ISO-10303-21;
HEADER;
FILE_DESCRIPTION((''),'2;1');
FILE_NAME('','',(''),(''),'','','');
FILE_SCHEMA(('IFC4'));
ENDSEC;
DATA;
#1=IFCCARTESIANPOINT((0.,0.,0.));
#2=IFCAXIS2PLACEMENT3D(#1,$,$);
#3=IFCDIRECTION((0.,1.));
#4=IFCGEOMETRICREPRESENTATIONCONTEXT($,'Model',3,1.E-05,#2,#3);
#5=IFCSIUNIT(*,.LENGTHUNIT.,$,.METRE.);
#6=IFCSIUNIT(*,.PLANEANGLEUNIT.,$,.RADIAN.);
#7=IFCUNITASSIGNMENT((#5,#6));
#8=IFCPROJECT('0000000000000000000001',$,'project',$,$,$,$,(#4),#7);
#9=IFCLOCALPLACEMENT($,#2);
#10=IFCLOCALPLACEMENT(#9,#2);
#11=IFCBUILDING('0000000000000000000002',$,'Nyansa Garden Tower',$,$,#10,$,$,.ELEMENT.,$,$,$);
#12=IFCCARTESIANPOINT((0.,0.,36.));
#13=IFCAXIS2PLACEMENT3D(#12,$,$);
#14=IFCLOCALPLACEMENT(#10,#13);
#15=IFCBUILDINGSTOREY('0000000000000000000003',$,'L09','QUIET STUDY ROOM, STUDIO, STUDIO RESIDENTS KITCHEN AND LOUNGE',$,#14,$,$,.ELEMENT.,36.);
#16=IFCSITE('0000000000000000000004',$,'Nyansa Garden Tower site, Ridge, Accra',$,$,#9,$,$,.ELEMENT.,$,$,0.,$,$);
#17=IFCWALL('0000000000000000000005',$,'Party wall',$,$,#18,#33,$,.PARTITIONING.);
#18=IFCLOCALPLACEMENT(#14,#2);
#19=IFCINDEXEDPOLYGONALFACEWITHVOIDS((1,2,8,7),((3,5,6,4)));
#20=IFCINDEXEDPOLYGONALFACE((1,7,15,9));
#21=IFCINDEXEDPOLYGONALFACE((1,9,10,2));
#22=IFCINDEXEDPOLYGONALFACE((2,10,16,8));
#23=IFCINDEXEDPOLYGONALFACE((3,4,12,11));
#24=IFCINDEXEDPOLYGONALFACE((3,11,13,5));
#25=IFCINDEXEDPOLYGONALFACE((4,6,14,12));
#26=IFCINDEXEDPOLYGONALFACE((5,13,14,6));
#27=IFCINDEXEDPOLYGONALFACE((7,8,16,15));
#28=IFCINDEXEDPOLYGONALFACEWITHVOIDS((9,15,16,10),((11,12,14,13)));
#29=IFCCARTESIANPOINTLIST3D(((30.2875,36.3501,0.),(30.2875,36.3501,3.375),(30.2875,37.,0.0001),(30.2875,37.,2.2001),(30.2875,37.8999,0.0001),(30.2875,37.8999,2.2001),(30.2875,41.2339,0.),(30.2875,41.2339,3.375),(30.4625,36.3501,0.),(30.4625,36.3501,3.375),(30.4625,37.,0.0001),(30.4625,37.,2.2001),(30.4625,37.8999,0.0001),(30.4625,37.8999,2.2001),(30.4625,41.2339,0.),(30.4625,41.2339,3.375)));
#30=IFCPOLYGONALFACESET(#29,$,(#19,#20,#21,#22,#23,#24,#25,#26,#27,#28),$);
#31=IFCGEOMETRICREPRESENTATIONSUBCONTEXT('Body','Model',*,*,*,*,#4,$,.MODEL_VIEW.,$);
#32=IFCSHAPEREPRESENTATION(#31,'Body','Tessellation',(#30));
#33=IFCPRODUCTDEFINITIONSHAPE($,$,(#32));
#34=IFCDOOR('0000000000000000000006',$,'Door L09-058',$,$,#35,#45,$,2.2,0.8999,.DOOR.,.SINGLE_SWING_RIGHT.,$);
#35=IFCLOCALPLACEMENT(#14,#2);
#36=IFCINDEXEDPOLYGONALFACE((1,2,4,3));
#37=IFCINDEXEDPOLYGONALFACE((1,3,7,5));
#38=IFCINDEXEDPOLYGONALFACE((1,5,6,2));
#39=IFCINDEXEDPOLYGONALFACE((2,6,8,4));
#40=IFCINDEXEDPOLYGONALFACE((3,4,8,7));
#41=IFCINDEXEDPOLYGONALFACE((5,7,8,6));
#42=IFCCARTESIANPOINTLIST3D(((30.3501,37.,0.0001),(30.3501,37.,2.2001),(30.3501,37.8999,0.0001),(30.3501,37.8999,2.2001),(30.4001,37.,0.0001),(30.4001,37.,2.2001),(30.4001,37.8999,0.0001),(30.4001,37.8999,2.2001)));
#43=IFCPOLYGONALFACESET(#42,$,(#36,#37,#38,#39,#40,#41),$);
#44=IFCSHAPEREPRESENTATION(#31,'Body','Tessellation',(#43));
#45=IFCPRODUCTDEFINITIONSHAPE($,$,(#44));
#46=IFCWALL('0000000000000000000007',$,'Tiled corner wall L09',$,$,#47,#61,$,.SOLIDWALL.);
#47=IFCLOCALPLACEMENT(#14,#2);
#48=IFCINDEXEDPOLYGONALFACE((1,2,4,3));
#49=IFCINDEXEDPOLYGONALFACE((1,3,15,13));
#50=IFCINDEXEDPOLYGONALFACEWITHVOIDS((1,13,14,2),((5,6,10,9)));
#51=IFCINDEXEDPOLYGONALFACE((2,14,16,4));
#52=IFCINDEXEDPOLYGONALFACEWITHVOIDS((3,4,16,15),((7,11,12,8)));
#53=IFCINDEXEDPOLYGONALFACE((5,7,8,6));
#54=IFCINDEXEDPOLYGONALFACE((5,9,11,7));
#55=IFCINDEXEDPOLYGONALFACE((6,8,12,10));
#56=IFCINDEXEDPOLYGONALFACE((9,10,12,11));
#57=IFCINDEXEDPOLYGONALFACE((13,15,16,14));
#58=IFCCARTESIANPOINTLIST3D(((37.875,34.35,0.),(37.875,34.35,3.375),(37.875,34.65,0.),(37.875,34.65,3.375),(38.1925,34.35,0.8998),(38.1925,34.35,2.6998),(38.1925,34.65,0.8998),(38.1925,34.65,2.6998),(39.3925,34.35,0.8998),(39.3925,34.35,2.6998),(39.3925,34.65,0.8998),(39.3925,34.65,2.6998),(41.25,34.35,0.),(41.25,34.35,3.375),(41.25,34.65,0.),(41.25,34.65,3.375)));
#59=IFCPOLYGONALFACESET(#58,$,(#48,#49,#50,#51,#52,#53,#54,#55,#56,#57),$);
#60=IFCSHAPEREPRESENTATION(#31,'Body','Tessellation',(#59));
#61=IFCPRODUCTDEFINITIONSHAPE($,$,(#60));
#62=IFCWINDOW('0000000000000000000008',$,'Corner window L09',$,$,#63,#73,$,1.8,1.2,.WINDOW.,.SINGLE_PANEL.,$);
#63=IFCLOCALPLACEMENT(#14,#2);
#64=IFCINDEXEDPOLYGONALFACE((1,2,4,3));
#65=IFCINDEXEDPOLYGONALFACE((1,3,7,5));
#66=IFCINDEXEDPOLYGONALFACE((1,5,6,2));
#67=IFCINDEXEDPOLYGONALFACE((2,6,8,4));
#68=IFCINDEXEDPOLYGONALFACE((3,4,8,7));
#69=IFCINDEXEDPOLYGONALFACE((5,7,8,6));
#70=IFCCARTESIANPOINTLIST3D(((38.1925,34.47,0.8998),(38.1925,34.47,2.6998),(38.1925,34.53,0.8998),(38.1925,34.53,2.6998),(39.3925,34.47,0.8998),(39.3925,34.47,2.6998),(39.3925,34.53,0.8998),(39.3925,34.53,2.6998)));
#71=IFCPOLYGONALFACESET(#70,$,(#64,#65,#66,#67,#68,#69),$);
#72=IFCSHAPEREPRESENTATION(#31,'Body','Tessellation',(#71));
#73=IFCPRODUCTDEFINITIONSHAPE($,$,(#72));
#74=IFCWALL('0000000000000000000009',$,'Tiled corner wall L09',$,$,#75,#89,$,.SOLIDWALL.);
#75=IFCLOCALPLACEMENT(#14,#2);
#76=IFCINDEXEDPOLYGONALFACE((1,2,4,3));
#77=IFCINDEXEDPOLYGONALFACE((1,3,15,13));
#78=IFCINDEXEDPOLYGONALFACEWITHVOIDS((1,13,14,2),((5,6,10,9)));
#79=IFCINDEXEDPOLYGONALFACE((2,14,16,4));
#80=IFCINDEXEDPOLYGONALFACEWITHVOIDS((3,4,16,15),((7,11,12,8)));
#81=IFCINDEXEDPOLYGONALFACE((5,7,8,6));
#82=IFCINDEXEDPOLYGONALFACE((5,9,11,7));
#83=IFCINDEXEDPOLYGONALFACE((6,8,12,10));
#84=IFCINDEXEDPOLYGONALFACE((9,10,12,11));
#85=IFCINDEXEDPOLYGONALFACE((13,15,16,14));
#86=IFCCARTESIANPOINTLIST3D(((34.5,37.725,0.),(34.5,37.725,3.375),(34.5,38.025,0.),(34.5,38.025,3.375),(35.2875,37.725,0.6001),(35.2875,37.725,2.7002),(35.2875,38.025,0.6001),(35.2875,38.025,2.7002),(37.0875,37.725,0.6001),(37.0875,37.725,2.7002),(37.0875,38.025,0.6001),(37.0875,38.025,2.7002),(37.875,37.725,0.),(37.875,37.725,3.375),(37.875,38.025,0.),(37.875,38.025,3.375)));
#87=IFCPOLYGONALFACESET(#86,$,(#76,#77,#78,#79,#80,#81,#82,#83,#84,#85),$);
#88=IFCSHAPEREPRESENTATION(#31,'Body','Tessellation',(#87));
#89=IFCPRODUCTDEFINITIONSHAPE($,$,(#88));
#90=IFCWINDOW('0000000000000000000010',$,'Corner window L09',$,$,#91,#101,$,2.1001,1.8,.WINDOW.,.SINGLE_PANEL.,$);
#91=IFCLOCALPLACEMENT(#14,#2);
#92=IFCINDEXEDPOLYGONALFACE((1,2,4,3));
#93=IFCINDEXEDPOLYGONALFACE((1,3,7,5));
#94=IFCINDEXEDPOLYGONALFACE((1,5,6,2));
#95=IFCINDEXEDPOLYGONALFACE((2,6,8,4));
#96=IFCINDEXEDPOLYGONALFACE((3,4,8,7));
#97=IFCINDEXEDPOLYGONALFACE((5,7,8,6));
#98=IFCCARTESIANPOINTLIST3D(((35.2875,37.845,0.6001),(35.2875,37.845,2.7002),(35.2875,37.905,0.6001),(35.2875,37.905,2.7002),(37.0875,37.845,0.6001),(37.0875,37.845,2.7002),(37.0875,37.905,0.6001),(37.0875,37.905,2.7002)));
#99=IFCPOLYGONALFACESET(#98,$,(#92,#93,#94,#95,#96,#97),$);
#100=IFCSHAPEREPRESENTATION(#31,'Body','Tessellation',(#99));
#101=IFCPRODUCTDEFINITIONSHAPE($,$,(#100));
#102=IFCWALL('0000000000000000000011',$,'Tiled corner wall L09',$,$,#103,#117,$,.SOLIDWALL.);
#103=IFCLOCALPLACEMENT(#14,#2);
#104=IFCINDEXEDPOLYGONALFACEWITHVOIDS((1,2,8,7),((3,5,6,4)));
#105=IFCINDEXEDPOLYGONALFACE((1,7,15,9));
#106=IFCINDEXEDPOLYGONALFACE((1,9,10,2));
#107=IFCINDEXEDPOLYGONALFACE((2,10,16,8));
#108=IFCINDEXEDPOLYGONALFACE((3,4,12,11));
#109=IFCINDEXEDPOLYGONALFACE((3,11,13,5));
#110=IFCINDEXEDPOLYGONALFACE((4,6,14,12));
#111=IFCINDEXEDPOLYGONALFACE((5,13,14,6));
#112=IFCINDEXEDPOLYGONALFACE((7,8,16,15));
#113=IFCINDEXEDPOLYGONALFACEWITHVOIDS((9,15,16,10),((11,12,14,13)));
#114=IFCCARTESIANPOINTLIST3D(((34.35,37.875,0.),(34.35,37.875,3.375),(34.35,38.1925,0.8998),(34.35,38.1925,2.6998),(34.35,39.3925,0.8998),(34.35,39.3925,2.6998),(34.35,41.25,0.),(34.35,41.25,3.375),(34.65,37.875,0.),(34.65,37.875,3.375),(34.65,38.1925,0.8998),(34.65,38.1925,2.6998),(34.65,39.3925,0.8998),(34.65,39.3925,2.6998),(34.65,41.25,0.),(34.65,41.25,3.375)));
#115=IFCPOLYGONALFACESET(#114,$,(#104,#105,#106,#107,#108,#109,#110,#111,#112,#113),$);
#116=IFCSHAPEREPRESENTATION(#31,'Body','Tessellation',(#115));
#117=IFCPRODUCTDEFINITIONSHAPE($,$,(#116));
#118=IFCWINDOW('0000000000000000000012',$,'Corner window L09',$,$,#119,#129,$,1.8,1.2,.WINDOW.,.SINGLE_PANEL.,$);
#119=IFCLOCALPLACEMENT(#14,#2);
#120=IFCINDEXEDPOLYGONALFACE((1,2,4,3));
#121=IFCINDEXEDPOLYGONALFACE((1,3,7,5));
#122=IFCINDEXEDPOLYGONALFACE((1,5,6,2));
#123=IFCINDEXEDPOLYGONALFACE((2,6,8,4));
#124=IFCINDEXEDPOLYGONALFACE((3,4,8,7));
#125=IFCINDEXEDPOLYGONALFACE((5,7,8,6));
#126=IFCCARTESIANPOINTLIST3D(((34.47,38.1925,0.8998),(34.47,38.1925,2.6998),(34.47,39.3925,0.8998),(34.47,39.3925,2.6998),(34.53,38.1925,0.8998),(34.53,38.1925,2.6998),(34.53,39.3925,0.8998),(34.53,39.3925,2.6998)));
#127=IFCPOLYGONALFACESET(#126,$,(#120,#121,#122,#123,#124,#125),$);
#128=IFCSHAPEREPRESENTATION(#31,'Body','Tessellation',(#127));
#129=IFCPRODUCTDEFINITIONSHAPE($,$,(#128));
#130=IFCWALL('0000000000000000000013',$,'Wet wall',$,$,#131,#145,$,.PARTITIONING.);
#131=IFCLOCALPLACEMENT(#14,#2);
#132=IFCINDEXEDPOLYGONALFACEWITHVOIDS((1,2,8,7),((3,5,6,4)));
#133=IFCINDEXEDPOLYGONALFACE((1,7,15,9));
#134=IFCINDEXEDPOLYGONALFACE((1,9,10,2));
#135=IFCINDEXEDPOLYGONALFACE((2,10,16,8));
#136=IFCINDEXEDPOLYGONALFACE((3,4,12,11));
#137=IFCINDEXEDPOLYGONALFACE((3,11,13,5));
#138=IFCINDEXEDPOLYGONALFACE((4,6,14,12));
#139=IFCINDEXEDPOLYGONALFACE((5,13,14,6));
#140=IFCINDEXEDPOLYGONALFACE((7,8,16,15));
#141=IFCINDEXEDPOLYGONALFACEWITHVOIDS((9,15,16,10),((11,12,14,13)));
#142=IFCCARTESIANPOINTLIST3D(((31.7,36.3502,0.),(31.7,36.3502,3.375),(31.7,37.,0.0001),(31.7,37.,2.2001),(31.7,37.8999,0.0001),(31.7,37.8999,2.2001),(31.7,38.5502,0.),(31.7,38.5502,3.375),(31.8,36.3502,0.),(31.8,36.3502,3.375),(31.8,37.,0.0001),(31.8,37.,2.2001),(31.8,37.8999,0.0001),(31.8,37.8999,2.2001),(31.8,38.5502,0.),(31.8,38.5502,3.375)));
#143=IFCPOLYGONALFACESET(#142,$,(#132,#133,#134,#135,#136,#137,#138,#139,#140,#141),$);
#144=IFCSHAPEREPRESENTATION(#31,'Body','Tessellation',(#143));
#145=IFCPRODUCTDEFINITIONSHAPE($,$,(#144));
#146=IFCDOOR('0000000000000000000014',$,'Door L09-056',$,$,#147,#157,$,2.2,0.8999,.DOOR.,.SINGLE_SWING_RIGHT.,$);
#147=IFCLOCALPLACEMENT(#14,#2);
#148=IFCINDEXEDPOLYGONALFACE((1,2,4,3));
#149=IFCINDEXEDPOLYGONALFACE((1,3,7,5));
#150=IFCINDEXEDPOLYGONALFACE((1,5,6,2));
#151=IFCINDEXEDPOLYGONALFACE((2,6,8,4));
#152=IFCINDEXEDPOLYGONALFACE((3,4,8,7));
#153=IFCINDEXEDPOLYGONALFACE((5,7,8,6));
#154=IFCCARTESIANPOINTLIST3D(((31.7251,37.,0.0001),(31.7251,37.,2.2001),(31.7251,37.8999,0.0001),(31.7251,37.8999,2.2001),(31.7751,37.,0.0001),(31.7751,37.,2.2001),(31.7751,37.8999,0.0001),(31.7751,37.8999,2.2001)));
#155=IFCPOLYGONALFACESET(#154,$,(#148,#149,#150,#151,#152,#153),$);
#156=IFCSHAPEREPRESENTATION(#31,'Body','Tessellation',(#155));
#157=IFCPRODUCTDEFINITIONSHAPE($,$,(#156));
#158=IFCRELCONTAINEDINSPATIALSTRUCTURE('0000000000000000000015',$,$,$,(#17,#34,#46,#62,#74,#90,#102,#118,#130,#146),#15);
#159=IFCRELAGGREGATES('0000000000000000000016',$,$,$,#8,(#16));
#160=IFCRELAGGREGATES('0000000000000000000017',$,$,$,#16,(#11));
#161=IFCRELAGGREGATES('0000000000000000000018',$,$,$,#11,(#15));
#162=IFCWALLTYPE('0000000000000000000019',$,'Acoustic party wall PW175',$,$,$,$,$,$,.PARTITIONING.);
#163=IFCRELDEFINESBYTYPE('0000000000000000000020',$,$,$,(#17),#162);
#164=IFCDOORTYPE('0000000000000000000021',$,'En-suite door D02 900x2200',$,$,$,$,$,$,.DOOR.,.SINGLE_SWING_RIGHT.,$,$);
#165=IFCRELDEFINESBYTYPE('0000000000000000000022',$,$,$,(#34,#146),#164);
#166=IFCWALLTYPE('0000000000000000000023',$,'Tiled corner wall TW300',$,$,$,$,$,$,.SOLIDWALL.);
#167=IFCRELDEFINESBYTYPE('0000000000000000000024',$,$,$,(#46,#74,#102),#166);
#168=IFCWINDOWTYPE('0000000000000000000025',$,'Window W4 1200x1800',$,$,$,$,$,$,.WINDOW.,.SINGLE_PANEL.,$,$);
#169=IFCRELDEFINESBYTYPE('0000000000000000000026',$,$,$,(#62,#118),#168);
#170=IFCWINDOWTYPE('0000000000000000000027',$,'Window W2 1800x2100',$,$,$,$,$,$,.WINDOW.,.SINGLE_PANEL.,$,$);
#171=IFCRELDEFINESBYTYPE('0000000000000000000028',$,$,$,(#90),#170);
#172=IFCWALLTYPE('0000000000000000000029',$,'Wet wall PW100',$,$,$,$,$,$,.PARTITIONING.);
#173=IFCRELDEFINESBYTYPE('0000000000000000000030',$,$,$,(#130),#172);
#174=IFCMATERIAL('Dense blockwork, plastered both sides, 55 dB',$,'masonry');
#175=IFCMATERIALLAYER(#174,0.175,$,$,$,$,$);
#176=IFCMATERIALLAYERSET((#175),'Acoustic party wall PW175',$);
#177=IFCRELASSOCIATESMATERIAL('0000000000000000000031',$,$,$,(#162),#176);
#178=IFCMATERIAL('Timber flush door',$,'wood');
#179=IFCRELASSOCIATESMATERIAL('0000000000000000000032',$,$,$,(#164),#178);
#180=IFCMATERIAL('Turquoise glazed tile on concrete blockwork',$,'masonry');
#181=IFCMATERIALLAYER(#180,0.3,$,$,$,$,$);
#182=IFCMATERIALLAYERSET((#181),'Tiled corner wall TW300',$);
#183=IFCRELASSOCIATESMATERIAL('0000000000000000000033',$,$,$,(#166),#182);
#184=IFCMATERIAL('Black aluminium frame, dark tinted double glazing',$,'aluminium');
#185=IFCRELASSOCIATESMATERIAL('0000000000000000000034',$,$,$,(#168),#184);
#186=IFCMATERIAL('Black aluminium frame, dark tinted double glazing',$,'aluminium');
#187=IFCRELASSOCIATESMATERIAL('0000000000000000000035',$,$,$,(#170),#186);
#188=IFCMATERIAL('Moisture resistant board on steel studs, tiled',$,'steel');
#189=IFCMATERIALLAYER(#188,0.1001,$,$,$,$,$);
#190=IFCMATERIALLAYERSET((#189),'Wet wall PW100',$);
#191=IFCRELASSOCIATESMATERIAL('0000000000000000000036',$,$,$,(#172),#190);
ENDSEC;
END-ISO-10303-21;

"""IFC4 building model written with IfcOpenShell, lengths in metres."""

from ifc_helpers import new_model, si_unit, direction, frame, frame_2d, origin, place, context, subcontext, project, spatial, rectangle, extrude, material, layer, layer_set, type_object, element, fill, save


model = new_model("IFC4")

# Units and contexts
model_context = context("Model", 3, precision=1e-05, world=origin(), true_north=direction((0.0, 1.0)))
body_context = subcontext(model_context, "Body", "Model", "MODEL_VIEW")
ifc_project = project(units=[si_unit("LENGTHUNIT", "METRE"), si_unit("PLANEANGLEUNIT", "RADIAN")], contexts=[model_context])

# Site, building, storey
site_placement = place(None, origin())
site = spatial("IfcSite", under=ifc_project, at=site_placement, Name="Nyansa Garden Tower site, Ridge, Accra", CompositionType="ELEMENT", RefElevation=0.0)
building_placement = place(site_placement, origin())
building = spatial("IfcBuilding", under=site, at=building_placement, Name="Nyansa Garden Tower", CompositionType="ELEMENT")
storey_placement = place(building_placement, frame((0.0, 0.0, 36.0)))
storey = spatial("IfcBuildingStorey", under=building, at=storey_placement, Name="L09", Description="QUIET STUDY ROOM, STUDIO, STUDIO RESIDENTS KITCHEN AND LOUNGE", CompositionType="ELEMENT", Elevation=36.0)

# Wall, opening, door
ifc_material_1 = material(Name="Dense blockwork, plastered both sides, 55 dB", Category="masonry")
ifc_layer_1 = layer(ifc_material_1, 0.175)
ifc_layer_set_1 = layer_set([ifc_layer_1], Name="Acoustic party wall PW175")
wall_type_1 = type_object("IfcWallType", Name="Acoustic party wall PW175", PredefinedType="PARTITIONING", material=ifc_layer_set_1)
wall_1_placement = place(storey_placement, frame((30.375, 36.3501, 0.0), z_axis=(0.0, 0.0, 1.0), x_axis=(0.0, 1.0, 0.0)))
wall_1 = element("IfcWall", 1, at=wall_1_placement, inside=storey, type_object=wall_type_1, Name="Party wall", PredefinedType="PARTITIONING", context=body_context, shape_type="SweptSolid", body=[
    extrude(rectangle(XDim=4.8838, YDim=0.175, at=frame_2d((2.4419, 0.0))), origin(), (0.0, 0.0, 1.0), 3.375),
])
opening_1_placement = place(wall_1_placement, frame((0.6499, 0.0, 0.0)))
opening_1 = element("IfcOpeningElement", 2, at=opening_1_placement, cuts=wall_1, PredefinedType="OPENING", context=body_context, shape_type="SweptSolid", body=[
    extrude(rectangle(XDim=0.8999, YDim=2.2, at=frame_2d((0.45, 1.1001))), frame((0.0, 0.0974, 0.0), z_axis=(0.0, -1.0, 0.0), x_axis=(1.0, 0.0, 0.0)), (0.0, 0.0, 1.0), 0.1951),
])
ifc_material_2 = material(Name="Timber flush door", Category="wood")
door_type = type_object("IfcDoorType", Name="En-suite door D02 900x2200", OperationType="SINGLE_SWING_RIGHT", PredefinedType="DOOR", material=ifc_material_2)
door_1_placement = place(opening_1_placement, origin())
door_1 = element("IfcDoor", 3, at=door_1_placement, inside=storey, type_object=door_type, Name="Door L09-058", OperationType="SINGLE_SWING_RIGHT", OverallHeight=2.2, OverallWidth=0.8999, PredefinedType="DOOR", context=body_context, shape_type="SweptSolid", body=[
    extrude(rectangle(XDim=0.8999, YDim=2.2, at=frame_2d((0.45, 1.1001))), frame((0.0, 0.0249, 0.0), z_axis=(0.0, -1.0, 0.0), x_axis=(1.0, 0.0, 0.0)), (0.0, 0.0, 1.0), 0.05),
])
fill(opening_1, door_1)

# Walls, openings, windows
ifc_material_3 = material(Name="Turquoise glazed tile on concrete blockwork", Category="masonry")
ifc_layer_2 = layer(ifc_material_3, 0.3)
ifc_layer_set_2 = layer_set([ifc_layer_2], Name="Tiled corner wall TW300")
wall_type_2 = type_object("IfcWallType", Name="Tiled corner wall TW300", PredefinedType="SOLIDWALL", material=ifc_layer_set_2)
wall_2_placement = place(storey_placement, frame((41.25, 34.5, 0.0), z_axis=(0.0, 0.0, 1.0), x_axis=(-1.0, 0.0, 0.0)))
wall_2 = element("IfcWall", 4, at=wall_2_placement, inside=storey, type_object=wall_type_2, Name="Tiled corner wall L09", PredefinedType="SOLIDWALL", context=body_context, shape_type="SweptSolid", body=[
    extrude(rectangle(XDim=3.375, YDim=0.3, at=frame_2d((1.6875, 0.0))), origin(), (0.0, 0.0, 1.0), 3.375),
])
opening_2_placement = place(wall_2_placement, frame((1.8574, 0.0, 0.8999)))
opening_2 = element("IfcOpeningElement", 5, at=opening_2_placement, cuts=wall_2, PredefinedType="OPENING", context=body_context, shape_type="SweptSolid", body=[
    extrude(rectangle(XDim=1.2, YDim=1.8, at=frame_2d((0.6001, 0.8999))), frame((0.0, 0.1599, 0.0), z_axis=(0.0, -1.0, 0.0), x_axis=(1.0, 0.0, 0.0)), (0.0, 0.0, 1.0), 0.3201),
])
ifc_material_4 = material(Name="Black aluminium frame, dark tinted double glazing", Category="aluminium")
window_type_1 = type_object("IfcWindowType", Name="Window W4 1200x1800", PartitioningType="SINGLE_PANEL", PredefinedType="WINDOW", material=ifc_material_4)
window_1_placement = place(opening_2_placement, origin())
window_1 = element("IfcWindow", 6, at=window_1_placement, inside=storey, type_object=window_type_1, Name="Corner window L09", OverallHeight=1.8, OverallWidth=1.2, PartitioningType="SINGLE_PANEL", PredefinedType="WINDOW", context=body_context, shape_type="SweptSolid", body=[
    extrude(rectangle(XDim=1.2, YDim=1.8, at=frame_2d((0.6001, 0.8999))), frame((0.0, 0.03, 0.0), z_axis=(0.0, -1.0, 0.0), x_axis=(1.0, 0.0, 0.0)), (0.0, 0.0, 1.0), 0.0601),
])
fill(opening_2, window_1)
wall_3_placement = place(storey_placement, frame((37.875, 37.875, 0.0), z_axis=(0.0, 0.0, 1.0), x_axis=(-1.0, 0.0, 0.0)))
wall_3 = element("IfcWall", 7, at=wall_3_placement, inside=storey, type_object=wall_type_2, Name="Tiled corner wall L09", PredefinedType="SOLIDWALL", context=body_context, shape_type="SweptSolid", body=[
    extrude(rectangle(XDim=3.375, YDim=0.3, at=frame_2d((1.6875, 0.0))), origin(), (0.0, 0.0, 1.0), 3.375),
])
opening_3_placement = place(wall_3_placement, frame((0.7876, 0.0, 0.6001)))
opening_3 = element("IfcOpeningElement", 8, at=opening_3_placement, cuts=wall_3, PredefinedType="OPENING", context=body_context, shape_type="SweptSolid", body=[
    extrude(rectangle(XDim=1.8, YDim=2.1001, at=frame_2d((0.8999, 1.05))), frame((0.0, 0.1599, 0.0), z_axis=(0.0, -1.0, 0.0), x_axis=(1.0, 0.0, 0.0)), (0.0, 0.0, 1.0), 0.3201),
])
ifc_material_5 = material(Name="Black aluminium frame, dark tinted double glazing", Category="aluminium")
window_type_2 = type_object("IfcWindowType", Name="Window W2 1800x2100", PartitioningType="SINGLE_PANEL", PredefinedType="WINDOW", material=ifc_material_5)
window_2_placement = place(opening_3_placement, origin())
window_2 = element("IfcWindow", 9, at=window_2_placement, inside=storey, type_object=window_type_2, Name="Corner window L09", OverallHeight=2.1001, OverallWidth=1.8, PartitioningType="SINGLE_PANEL", PredefinedType="WINDOW", context=body_context, shape_type="SweptSolid", body=[
    extrude(rectangle(XDim=1.8, YDim=2.1001, at=frame_2d((0.8999, 1.05))), frame((0.0, 0.03, 0.0), z_axis=(0.0, -1.0, 0.0), x_axis=(1.0, 0.0, 0.0)), (0.0, 0.0, 1.0), 0.0601),
])
fill(opening_3, window_2)
wall_4_placement = place(storey_placement, frame((34.5, 37.875, 0.0), z_axis=(0.0, 0.0, 1.0), x_axis=(0.0, 1.0, 0.0)))
wall_4 = element("IfcWall", 10, at=wall_4_placement, inside=storey, type_object=wall_type_2, Name="Tiled corner wall L09", PredefinedType="SOLIDWALL", context=body_context, shape_type="SweptSolid", body=[
    extrude(rectangle(XDim=3.375, YDim=0.3, at=frame_2d((1.6875, 0.0))), origin(), (0.0, 0.0, 1.0), 3.375),
])
opening_4_placement = place(wall_4_placement, frame((0.3174, 0.0, 0.8999)))
opening_4 = element("IfcOpeningElement", 11, at=opening_4_placement, cuts=wall_4, PredefinedType="OPENING", context=body_context, shape_type="SweptSolid", body=[
    extrude(rectangle(XDim=1.2, YDim=1.8, at=frame_2d((0.6001, 0.8999))), frame((0.0, 0.1599, 0.0), z_axis=(0.0, -1.0, 0.0), x_axis=(1.0, 0.0, 0.0)), (0.0, 0.0, 1.0), 0.3201),
])
window_3_placement = place(opening_4_placement, origin())
window_3 = element("IfcWindow", 12, at=window_3_placement, inside=storey, type_object=window_type_1, Name="Corner window L09", OverallHeight=1.8, OverallWidth=1.2, PartitioningType="SINGLE_PANEL", PredefinedType="WINDOW", context=body_context, shape_type="SweptSolid", body=[
    extrude(rectangle(XDim=1.2, YDim=1.8, at=frame_2d((0.6001, 0.8999))), frame((0.0, 0.03, 0.0), z_axis=(0.0, -1.0, 0.0), x_axis=(1.0, 0.0, 0.0)), (0.0, 0.0, 1.0), 0.0601),
])
fill(opening_4, window_3)

# Wall, opening, door
ifc_material_6 = material(Name="Moisture resistant board on steel studs, tiled", Category="steel")
ifc_layer_3 = layer(ifc_material_6, 0.1001)
ifc_layer_set_3 = layer_set([ifc_layer_3], Name="Wet wall PW100")
wall_type_3 = type_object("IfcWallType", Name="Wet wall PW100", PredefinedType="PARTITIONING", material=ifc_layer_set_3)
wall_5_placement = place(storey_placement, frame((31.75, 36.3501, 0.0), z_axis=(0.0, 0.0, 1.0), x_axis=(0.0, 1.0, 0.0)))
wall_5 = element("IfcWall", 13, at=wall_5_placement, inside=storey, type_object=wall_type_3, Name="Wet wall", PredefinedType="PARTITIONING", context=body_context, shape_type="SweptSolid", body=[
    extrude(rectangle(XDim=2.2, YDim=0.1001, at=frame_2d((1.1001, 0.0))), origin(), (0.0, 0.0, 1.0), 3.375),
])
opening_5_placement = place(wall_5_placement, frame((0.6499, 0.0, 0.0)))
opening_5 = element("IfcOpeningElement", 14, at=opening_5_placement, cuts=wall_5, PredefinedType="OPENING", context=body_context, shape_type="SweptSolid", body=[
    extrude(rectangle(XDim=0.8999, YDim=2.2, at=frame_2d((0.45, 1.1001))), frame((0.0, 0.0601, 0.0), z_axis=(0.0, -1.0, 0.0), x_axis=(1.0, 0.0, 0.0)), (0.0, 0.0, 1.0), 0.1201),
])
door_2_placement = place(opening_5_placement, origin())
door_2 = element("IfcDoor", 15, at=door_2_placement, inside=storey, type_object=door_type, Name="Door L09-056", OperationType="SINGLE_SWING_RIGHT", OverallHeight=2.2, OverallWidth=0.8999, PredefinedType="DOOR", context=body_context, shape_type="SweptSolid", body=[
    extrude(rectangle(XDim=0.8999, YDim=2.2, at=frame_2d((0.45, 1.1001))), frame((0.0, 0.0249, 0.0), z_axis=(0.0, -1.0, 0.0), x_axis=(1.0, 0.0, 0.0)), (0.0, 0.0, 1.0), 0.05),
])
fill(opening_5, door_2)

save(model, "model.ifc")
